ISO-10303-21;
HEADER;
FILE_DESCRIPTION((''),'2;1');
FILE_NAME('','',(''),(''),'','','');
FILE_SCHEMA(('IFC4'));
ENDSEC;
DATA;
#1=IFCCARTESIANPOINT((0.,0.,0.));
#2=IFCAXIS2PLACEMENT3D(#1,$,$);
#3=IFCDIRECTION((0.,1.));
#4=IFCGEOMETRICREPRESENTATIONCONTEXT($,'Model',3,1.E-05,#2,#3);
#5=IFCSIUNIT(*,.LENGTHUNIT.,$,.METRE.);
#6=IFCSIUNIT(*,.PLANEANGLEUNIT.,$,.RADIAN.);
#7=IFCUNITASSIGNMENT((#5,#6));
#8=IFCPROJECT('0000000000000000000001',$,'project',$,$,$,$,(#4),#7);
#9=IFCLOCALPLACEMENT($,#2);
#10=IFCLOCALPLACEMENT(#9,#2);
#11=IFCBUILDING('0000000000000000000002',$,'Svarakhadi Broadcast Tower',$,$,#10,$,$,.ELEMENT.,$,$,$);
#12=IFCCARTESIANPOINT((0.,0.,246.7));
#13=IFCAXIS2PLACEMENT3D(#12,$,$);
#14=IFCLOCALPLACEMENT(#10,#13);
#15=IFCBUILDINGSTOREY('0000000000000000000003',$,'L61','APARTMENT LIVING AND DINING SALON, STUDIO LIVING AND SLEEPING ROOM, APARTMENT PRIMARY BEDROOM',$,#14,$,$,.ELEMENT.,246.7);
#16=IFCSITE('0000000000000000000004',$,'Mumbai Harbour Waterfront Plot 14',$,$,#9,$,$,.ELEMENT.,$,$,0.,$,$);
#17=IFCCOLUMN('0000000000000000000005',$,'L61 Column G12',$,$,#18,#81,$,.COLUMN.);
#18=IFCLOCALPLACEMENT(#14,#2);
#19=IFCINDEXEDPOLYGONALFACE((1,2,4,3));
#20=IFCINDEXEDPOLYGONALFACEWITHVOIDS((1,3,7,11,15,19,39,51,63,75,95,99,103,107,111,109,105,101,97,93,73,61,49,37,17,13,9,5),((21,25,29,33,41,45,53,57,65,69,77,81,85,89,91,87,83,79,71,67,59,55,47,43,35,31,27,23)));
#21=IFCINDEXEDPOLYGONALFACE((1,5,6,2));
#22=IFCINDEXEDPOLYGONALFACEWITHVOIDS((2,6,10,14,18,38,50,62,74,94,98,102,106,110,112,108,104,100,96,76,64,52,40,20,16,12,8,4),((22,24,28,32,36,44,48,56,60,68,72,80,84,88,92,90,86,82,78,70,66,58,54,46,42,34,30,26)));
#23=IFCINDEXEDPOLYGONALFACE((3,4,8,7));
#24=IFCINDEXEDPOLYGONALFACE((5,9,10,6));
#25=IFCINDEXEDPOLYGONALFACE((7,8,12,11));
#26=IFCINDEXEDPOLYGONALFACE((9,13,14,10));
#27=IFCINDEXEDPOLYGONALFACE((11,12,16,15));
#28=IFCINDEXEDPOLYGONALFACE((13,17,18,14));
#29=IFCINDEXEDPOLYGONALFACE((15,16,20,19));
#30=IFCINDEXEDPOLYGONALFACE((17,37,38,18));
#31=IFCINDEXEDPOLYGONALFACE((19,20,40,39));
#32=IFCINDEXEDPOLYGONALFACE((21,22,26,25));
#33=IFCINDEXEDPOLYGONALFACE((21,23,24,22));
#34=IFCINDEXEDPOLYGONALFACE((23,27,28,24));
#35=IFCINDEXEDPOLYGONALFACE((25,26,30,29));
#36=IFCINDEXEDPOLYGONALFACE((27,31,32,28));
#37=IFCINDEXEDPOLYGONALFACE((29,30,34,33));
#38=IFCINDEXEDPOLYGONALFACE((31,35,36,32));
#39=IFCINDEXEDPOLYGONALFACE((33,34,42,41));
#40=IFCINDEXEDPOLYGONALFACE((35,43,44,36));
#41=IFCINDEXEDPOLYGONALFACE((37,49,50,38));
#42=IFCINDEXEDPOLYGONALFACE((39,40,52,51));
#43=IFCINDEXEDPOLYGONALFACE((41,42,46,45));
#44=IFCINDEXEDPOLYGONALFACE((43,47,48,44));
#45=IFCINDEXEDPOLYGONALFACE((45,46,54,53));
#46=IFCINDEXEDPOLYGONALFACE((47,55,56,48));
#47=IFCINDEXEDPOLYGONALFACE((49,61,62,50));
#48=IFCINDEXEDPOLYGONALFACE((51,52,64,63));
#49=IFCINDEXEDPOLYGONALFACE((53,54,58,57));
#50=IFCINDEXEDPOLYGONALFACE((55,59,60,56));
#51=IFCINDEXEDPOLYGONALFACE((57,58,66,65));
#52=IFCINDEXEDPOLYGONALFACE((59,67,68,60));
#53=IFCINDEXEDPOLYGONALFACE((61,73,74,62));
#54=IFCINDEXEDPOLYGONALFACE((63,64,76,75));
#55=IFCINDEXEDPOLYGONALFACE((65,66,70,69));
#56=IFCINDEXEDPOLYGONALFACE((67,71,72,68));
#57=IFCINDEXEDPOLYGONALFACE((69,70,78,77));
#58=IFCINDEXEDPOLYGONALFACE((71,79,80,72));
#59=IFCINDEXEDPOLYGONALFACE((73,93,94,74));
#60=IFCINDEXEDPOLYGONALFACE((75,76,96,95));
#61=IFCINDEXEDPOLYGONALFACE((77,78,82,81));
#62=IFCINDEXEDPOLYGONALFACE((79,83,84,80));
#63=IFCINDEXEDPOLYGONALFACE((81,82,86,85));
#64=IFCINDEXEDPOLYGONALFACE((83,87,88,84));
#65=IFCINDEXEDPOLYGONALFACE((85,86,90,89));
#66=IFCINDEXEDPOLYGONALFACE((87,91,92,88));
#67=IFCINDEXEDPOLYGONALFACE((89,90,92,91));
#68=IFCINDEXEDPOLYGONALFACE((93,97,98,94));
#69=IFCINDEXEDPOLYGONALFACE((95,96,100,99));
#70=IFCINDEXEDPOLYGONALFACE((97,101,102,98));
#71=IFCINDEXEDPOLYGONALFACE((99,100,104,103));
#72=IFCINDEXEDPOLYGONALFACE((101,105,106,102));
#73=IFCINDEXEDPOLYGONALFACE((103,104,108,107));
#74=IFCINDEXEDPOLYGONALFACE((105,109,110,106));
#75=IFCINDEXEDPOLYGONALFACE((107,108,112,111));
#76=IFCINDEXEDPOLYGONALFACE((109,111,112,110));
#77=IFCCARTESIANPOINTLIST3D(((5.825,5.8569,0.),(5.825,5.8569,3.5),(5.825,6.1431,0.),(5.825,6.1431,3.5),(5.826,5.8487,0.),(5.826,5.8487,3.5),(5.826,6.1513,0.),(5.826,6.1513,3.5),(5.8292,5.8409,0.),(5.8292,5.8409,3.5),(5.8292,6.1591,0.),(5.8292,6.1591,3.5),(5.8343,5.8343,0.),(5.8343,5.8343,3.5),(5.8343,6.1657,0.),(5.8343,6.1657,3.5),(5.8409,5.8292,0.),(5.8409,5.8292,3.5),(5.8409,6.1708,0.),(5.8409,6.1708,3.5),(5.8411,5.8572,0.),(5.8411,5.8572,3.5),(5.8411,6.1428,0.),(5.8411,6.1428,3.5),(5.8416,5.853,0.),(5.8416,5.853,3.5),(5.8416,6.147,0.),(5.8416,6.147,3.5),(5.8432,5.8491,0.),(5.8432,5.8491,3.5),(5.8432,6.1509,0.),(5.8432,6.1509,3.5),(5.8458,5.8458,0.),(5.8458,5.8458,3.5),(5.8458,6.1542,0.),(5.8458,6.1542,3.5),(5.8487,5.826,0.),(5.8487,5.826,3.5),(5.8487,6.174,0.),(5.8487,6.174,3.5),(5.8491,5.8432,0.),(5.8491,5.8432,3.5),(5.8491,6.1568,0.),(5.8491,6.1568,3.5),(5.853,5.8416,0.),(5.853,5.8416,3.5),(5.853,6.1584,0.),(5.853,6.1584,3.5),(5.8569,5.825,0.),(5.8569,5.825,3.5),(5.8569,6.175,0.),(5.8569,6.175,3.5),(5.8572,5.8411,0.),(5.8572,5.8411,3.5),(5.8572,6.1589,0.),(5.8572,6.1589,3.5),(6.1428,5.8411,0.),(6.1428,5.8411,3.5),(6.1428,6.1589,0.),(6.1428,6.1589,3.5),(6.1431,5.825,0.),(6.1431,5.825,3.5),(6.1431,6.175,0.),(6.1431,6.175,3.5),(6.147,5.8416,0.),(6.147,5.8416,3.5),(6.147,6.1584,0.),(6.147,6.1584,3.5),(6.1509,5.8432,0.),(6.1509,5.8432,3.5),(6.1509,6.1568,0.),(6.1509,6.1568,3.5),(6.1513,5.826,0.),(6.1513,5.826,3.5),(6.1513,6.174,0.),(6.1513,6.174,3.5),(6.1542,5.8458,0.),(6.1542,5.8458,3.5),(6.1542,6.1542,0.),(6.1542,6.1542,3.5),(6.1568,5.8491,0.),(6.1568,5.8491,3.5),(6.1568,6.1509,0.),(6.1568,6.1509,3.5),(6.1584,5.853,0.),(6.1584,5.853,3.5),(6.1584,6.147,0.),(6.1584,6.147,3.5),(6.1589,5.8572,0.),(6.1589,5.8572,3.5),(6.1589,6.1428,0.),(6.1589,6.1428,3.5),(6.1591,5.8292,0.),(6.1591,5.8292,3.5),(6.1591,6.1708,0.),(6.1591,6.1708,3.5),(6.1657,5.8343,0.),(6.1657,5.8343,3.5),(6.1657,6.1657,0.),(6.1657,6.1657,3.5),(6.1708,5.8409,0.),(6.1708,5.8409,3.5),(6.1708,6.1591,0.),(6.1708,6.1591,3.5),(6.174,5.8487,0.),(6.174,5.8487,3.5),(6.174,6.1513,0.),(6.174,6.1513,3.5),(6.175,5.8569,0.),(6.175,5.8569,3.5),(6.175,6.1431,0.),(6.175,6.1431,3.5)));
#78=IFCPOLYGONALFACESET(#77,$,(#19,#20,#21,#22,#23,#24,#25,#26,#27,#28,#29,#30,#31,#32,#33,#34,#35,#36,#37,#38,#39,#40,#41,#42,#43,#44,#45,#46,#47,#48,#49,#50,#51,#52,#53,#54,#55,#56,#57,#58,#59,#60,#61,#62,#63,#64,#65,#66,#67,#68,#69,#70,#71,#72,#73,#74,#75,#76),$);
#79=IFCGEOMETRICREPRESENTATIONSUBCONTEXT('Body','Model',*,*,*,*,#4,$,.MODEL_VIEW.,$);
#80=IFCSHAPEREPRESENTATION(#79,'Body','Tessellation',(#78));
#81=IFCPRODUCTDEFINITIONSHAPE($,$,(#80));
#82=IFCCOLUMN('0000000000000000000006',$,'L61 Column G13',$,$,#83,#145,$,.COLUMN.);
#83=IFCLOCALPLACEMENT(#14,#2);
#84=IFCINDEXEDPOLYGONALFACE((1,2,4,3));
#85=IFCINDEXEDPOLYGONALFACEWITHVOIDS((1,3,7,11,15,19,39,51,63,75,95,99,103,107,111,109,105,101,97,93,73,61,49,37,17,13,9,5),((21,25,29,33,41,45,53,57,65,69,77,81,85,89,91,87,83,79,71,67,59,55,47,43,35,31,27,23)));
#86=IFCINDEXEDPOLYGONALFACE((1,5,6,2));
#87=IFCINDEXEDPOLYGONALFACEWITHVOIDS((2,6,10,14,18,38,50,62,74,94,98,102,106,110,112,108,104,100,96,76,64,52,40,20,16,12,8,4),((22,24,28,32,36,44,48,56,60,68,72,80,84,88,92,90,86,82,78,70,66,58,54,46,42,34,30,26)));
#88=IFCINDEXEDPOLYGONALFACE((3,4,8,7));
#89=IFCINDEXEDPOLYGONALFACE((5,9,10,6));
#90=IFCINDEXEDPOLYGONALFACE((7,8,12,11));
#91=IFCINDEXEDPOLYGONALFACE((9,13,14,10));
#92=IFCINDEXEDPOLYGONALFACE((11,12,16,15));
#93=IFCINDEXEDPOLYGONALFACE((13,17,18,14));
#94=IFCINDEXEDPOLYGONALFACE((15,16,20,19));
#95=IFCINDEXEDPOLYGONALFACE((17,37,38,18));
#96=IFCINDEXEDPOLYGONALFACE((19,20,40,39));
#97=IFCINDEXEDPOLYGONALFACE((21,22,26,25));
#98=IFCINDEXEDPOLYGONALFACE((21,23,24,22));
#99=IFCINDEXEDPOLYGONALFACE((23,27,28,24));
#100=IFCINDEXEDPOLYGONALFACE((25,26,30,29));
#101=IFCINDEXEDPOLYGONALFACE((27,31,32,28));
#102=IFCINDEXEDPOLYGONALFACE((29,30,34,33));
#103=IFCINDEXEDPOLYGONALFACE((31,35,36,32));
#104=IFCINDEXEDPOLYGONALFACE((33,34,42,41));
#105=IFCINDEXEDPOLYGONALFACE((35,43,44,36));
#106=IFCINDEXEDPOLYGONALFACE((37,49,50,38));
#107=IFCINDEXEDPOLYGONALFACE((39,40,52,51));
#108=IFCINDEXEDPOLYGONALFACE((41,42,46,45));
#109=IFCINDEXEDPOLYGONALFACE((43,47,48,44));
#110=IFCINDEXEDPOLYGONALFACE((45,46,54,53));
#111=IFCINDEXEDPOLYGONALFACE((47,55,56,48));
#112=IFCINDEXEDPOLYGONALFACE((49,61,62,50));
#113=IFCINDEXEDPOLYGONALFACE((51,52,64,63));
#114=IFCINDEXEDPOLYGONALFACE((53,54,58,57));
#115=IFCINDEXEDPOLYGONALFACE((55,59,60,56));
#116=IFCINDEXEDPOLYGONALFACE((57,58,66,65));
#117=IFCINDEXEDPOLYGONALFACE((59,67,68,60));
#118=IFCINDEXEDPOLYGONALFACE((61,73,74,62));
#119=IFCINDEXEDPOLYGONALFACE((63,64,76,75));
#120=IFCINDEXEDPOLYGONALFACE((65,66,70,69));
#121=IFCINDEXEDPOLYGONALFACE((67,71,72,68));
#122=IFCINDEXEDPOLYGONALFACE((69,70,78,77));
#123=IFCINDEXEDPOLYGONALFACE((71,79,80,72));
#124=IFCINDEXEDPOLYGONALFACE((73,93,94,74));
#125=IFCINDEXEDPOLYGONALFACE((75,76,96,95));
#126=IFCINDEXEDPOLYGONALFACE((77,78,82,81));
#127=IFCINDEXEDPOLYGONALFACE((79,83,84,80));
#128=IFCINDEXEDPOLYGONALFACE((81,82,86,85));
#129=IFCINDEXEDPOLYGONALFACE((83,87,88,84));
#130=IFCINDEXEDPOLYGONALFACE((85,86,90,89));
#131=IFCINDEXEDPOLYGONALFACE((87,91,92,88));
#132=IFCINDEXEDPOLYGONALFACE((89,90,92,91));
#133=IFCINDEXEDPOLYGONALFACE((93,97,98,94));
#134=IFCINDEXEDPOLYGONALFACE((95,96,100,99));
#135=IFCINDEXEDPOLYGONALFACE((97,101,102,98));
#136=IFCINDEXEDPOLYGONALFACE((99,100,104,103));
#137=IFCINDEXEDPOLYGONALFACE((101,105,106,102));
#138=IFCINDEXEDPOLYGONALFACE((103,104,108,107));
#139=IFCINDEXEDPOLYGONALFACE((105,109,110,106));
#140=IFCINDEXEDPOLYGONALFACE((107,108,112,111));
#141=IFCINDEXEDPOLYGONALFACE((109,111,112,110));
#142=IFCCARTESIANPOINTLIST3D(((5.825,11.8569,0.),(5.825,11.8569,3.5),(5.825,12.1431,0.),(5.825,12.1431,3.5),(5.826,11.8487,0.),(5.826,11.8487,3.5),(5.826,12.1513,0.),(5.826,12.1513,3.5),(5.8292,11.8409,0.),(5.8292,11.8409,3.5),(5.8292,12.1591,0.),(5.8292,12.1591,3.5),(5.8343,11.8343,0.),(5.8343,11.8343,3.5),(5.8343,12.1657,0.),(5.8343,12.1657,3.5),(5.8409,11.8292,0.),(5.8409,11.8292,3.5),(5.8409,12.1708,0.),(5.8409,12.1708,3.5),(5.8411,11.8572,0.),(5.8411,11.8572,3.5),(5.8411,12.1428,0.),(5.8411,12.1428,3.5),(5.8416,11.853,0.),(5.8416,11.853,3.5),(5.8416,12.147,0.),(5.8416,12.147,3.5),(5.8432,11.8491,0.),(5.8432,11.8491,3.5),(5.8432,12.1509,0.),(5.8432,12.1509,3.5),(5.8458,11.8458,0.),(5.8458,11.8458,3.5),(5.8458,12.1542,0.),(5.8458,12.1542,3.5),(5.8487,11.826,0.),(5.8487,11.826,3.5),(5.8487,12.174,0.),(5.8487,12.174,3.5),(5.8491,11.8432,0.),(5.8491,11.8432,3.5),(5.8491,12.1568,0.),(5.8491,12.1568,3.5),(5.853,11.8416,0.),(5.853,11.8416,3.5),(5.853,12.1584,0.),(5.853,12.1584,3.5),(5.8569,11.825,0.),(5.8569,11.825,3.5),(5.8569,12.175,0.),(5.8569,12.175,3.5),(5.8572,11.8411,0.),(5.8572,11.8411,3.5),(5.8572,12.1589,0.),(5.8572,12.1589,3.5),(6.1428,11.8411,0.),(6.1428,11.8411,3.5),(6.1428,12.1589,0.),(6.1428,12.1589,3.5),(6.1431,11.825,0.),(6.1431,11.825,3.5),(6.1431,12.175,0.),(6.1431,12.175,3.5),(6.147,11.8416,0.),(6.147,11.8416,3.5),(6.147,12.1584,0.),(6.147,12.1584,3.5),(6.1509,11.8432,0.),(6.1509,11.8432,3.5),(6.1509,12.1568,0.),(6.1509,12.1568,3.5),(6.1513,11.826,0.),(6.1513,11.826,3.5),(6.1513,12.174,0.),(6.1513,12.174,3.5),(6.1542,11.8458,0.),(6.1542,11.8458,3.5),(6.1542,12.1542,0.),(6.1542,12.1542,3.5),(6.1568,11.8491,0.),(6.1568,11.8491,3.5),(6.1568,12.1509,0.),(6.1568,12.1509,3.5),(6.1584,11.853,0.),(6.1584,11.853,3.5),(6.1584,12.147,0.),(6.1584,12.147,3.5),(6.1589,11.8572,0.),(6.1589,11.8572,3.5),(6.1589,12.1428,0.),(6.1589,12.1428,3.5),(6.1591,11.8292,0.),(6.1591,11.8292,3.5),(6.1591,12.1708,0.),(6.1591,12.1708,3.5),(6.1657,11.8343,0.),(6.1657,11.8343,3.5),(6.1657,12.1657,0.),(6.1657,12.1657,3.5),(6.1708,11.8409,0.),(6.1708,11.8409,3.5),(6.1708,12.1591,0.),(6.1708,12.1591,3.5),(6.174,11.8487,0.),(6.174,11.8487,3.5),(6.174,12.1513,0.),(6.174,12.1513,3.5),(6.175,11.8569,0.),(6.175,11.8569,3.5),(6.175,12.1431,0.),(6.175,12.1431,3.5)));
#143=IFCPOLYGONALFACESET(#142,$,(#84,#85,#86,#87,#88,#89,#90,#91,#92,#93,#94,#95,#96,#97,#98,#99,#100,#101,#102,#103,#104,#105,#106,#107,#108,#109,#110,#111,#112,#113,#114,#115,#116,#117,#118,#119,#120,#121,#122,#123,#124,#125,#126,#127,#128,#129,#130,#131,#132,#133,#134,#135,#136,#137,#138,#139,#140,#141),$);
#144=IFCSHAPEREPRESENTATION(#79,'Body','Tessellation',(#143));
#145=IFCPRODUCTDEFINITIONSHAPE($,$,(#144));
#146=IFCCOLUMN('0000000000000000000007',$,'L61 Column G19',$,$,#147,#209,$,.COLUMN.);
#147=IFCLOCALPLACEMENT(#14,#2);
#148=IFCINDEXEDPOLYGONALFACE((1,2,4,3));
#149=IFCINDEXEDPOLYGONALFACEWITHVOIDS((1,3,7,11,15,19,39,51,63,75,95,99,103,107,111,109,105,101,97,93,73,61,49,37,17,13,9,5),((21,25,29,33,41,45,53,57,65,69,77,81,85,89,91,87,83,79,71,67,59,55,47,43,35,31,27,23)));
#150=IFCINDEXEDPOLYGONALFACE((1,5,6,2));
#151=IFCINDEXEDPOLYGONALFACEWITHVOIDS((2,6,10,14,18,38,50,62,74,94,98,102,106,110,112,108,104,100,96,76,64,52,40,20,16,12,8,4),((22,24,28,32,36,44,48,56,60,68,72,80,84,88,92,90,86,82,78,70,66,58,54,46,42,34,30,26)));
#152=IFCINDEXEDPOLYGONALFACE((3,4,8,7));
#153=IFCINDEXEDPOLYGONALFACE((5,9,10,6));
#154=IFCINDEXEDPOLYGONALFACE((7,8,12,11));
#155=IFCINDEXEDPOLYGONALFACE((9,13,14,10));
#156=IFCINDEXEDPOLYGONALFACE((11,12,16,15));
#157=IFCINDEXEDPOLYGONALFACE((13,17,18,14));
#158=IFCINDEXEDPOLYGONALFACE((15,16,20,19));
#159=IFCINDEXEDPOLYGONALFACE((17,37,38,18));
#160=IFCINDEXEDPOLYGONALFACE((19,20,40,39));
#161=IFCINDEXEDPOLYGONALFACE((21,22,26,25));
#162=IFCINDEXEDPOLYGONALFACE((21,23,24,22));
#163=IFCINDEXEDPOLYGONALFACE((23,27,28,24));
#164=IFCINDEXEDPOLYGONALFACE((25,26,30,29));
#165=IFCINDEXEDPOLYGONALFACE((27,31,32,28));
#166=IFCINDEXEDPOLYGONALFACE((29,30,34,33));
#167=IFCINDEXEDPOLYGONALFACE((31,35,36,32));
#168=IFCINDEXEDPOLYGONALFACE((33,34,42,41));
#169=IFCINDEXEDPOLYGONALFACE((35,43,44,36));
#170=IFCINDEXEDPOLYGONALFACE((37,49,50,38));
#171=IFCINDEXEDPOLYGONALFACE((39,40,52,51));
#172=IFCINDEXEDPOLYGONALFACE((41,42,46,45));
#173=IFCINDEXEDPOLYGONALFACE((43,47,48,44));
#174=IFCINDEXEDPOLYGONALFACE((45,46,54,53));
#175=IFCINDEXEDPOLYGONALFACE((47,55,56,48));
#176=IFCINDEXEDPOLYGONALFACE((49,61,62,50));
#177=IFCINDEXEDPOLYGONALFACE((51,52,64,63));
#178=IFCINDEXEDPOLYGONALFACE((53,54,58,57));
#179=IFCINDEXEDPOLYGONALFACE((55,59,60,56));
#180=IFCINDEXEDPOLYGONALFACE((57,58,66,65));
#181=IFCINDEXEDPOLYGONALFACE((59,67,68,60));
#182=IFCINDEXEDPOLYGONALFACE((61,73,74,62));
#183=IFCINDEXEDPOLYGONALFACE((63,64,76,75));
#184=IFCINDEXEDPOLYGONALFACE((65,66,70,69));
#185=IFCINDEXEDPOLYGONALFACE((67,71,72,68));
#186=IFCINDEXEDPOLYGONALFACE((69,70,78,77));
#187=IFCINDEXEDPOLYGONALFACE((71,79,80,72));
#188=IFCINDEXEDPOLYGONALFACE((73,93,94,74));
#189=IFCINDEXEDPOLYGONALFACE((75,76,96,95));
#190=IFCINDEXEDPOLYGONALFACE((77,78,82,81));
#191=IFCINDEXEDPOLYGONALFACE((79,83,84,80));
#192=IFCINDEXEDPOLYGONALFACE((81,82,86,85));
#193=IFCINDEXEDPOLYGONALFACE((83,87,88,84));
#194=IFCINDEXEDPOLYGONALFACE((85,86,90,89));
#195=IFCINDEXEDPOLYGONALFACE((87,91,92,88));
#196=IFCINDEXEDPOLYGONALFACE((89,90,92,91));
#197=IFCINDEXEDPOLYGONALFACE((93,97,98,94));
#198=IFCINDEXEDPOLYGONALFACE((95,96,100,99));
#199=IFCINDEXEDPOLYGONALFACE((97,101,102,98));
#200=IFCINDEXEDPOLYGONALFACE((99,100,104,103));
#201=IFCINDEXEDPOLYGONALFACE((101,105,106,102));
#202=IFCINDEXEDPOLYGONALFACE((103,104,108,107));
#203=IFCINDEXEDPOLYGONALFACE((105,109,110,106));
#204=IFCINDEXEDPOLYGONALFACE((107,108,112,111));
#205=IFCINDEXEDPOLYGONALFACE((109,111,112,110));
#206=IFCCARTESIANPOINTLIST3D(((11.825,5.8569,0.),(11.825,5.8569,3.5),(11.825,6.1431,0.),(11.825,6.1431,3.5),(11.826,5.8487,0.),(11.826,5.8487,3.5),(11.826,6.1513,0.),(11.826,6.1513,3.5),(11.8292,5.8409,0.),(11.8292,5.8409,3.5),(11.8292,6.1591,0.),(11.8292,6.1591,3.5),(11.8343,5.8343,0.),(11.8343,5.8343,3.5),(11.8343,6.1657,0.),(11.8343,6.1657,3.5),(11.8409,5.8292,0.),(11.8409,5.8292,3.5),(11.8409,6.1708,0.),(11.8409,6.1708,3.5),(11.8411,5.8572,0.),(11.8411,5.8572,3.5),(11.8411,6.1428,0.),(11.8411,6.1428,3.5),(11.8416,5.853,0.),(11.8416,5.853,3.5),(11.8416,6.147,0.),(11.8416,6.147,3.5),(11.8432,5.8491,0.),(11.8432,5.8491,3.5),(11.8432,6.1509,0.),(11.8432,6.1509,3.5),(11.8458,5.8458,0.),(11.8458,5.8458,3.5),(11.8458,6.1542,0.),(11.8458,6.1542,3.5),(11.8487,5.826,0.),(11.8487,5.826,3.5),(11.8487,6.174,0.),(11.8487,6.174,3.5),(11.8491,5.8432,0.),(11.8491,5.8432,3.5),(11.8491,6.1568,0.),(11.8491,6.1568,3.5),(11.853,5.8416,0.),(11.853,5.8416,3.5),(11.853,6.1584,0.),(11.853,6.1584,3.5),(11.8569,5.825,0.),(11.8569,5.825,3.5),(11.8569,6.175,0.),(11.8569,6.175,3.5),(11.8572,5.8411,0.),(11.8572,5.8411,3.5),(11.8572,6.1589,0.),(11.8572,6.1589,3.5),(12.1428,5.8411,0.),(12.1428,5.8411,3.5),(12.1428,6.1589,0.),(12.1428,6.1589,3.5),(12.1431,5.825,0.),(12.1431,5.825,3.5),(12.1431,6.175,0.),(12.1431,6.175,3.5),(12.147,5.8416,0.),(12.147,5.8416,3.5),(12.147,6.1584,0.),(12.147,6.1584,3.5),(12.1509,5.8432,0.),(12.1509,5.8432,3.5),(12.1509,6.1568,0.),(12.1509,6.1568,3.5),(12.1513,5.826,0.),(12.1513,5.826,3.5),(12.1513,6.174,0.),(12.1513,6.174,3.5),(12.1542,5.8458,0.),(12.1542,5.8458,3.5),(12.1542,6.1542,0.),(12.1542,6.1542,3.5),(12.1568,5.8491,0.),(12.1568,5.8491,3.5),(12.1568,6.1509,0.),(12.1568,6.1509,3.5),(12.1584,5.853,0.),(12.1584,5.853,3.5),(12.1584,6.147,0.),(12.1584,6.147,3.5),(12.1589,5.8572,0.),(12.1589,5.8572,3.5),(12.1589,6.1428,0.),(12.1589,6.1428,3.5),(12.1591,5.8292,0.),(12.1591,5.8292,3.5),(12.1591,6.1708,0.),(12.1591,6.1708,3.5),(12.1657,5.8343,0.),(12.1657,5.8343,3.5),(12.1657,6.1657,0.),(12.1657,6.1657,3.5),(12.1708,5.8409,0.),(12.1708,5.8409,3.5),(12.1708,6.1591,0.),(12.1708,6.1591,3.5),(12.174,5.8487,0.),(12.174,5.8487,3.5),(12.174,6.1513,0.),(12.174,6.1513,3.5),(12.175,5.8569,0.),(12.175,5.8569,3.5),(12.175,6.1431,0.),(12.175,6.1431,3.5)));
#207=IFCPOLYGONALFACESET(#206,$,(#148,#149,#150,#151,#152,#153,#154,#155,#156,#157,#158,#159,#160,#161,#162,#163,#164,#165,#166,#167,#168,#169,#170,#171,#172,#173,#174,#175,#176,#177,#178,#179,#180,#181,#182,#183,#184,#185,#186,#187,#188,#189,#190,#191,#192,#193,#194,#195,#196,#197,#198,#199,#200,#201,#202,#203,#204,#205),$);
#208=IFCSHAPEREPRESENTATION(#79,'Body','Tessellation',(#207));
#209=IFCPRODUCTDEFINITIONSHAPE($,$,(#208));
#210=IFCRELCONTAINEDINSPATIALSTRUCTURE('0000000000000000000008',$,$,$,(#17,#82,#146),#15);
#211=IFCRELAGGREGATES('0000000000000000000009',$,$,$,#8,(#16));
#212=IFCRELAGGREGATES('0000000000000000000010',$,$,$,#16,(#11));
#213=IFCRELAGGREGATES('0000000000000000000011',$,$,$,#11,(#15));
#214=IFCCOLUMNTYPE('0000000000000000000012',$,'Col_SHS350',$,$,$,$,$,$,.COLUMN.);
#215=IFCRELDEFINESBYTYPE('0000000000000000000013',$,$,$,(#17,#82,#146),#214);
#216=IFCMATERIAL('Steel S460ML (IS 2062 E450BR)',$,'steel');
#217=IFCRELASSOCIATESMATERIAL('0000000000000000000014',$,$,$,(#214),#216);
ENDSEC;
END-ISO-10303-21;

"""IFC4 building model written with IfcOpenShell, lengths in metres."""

from ifc_helpers import new_model, si_unit, direction, frame, origin, origin_2d, place, context, subcontext, project, spatial, hollow_rectangle, extrude, material, material_profile, profile_set, type_object, element, save


model = new_model("IFC4")

# Units and contexts
model_context = context("Model", 3, precision=1e-05, world=origin(), true_north=direction((0.0, 1.0)))
body_context = subcontext(model_context, "Body", "Model", "MODEL_VIEW")
ifc_project = project(units=[si_unit("LENGTHUNIT", "METRE"), si_unit("PLANEANGLEUNIT", "RADIAN")], contexts=[model_context])

# Site, building, storey
site_placement = place(None, origin())
site = spatial("IfcSite", under=ifc_project, at=site_placement, Name="Mumbai Harbour Waterfront Plot 14", CompositionType="ELEMENT", RefElevation=0.0)
building_placement = place(site_placement, origin())
building = spatial("IfcBuilding", under=site, at=building_placement, Name="Svarakhadi Broadcast Tower", CompositionType="ELEMENT")
storey_placement = place(building_placement, frame((0.0, 0.0, 246.7)))
storey = spatial("IfcBuildingStorey", under=building, at=storey_placement, Name="L61", Description="APARTMENT LIVING AND DINING SALON, STUDIO LIVING AND SLEEPING ROOM, APARTMENT PRIMARY BEDROOM", CompositionType="ELEMENT", Elevation=246.7)

# Columns
ifc_material_1 = material(Name="Steel S460ML (IS 2062 E450BR)", Category="steel")
ifc_material_profile_1 = material_profile(ifc_material_1, hollow_rectangle(XDim=0.3501, YDim=0.3501, WallThickness=0.0161, InnerFilletRadius=0.0161, OuterFilletRadius=0.032, at=origin_2d()), Name="SHS 350x350x16")
ifc_profile_set_1 = profile_set([ifc_material_profile_1], Name="Steel S460ML (IS 2062 E450BR)")
column_type = type_object("IfcColumnType", Name="Col_SHS350", PredefinedType="COLUMN", material=ifc_profile_set_1)
for number, where, z_axis, x_axis, name in (
    (1, (6.0, 6.0, 0.0), (0.0, 0.0, 1.0), (1.0, 0.0, 0.0), "L61 Column G12"),
    (2, (6.0, 12.0, 0.0), (0.0, 0.0, 1.0), (1.0, 0.0, 0.0), "L61 Column G13"),
    (3, (12.0, 6.0, 0.0), (0.0, 0.0, 1.0), (1.0, 0.0, 0.0), "L61 Column G19"),
):
    element("IfcColumn", number, at=place(storey_placement, frame(where, z_axis=z_axis, x_axis=x_axis)), inside=storey, type_object=column_type, Name=name, PredefinedType="COLUMN", context=body_context, shape_type="SweptSolid", body=[
        extrude(hollow_rectangle(XDim=0.3501, YDim=0.3501, WallThickness=0.0161, InnerFilletRadius=0.0161, OuterFilletRadius=0.032, at=origin_2d()), origin(), (0.0, 0.0, 1.0), 3.5),
    ])

save(model, "model.ifc")
